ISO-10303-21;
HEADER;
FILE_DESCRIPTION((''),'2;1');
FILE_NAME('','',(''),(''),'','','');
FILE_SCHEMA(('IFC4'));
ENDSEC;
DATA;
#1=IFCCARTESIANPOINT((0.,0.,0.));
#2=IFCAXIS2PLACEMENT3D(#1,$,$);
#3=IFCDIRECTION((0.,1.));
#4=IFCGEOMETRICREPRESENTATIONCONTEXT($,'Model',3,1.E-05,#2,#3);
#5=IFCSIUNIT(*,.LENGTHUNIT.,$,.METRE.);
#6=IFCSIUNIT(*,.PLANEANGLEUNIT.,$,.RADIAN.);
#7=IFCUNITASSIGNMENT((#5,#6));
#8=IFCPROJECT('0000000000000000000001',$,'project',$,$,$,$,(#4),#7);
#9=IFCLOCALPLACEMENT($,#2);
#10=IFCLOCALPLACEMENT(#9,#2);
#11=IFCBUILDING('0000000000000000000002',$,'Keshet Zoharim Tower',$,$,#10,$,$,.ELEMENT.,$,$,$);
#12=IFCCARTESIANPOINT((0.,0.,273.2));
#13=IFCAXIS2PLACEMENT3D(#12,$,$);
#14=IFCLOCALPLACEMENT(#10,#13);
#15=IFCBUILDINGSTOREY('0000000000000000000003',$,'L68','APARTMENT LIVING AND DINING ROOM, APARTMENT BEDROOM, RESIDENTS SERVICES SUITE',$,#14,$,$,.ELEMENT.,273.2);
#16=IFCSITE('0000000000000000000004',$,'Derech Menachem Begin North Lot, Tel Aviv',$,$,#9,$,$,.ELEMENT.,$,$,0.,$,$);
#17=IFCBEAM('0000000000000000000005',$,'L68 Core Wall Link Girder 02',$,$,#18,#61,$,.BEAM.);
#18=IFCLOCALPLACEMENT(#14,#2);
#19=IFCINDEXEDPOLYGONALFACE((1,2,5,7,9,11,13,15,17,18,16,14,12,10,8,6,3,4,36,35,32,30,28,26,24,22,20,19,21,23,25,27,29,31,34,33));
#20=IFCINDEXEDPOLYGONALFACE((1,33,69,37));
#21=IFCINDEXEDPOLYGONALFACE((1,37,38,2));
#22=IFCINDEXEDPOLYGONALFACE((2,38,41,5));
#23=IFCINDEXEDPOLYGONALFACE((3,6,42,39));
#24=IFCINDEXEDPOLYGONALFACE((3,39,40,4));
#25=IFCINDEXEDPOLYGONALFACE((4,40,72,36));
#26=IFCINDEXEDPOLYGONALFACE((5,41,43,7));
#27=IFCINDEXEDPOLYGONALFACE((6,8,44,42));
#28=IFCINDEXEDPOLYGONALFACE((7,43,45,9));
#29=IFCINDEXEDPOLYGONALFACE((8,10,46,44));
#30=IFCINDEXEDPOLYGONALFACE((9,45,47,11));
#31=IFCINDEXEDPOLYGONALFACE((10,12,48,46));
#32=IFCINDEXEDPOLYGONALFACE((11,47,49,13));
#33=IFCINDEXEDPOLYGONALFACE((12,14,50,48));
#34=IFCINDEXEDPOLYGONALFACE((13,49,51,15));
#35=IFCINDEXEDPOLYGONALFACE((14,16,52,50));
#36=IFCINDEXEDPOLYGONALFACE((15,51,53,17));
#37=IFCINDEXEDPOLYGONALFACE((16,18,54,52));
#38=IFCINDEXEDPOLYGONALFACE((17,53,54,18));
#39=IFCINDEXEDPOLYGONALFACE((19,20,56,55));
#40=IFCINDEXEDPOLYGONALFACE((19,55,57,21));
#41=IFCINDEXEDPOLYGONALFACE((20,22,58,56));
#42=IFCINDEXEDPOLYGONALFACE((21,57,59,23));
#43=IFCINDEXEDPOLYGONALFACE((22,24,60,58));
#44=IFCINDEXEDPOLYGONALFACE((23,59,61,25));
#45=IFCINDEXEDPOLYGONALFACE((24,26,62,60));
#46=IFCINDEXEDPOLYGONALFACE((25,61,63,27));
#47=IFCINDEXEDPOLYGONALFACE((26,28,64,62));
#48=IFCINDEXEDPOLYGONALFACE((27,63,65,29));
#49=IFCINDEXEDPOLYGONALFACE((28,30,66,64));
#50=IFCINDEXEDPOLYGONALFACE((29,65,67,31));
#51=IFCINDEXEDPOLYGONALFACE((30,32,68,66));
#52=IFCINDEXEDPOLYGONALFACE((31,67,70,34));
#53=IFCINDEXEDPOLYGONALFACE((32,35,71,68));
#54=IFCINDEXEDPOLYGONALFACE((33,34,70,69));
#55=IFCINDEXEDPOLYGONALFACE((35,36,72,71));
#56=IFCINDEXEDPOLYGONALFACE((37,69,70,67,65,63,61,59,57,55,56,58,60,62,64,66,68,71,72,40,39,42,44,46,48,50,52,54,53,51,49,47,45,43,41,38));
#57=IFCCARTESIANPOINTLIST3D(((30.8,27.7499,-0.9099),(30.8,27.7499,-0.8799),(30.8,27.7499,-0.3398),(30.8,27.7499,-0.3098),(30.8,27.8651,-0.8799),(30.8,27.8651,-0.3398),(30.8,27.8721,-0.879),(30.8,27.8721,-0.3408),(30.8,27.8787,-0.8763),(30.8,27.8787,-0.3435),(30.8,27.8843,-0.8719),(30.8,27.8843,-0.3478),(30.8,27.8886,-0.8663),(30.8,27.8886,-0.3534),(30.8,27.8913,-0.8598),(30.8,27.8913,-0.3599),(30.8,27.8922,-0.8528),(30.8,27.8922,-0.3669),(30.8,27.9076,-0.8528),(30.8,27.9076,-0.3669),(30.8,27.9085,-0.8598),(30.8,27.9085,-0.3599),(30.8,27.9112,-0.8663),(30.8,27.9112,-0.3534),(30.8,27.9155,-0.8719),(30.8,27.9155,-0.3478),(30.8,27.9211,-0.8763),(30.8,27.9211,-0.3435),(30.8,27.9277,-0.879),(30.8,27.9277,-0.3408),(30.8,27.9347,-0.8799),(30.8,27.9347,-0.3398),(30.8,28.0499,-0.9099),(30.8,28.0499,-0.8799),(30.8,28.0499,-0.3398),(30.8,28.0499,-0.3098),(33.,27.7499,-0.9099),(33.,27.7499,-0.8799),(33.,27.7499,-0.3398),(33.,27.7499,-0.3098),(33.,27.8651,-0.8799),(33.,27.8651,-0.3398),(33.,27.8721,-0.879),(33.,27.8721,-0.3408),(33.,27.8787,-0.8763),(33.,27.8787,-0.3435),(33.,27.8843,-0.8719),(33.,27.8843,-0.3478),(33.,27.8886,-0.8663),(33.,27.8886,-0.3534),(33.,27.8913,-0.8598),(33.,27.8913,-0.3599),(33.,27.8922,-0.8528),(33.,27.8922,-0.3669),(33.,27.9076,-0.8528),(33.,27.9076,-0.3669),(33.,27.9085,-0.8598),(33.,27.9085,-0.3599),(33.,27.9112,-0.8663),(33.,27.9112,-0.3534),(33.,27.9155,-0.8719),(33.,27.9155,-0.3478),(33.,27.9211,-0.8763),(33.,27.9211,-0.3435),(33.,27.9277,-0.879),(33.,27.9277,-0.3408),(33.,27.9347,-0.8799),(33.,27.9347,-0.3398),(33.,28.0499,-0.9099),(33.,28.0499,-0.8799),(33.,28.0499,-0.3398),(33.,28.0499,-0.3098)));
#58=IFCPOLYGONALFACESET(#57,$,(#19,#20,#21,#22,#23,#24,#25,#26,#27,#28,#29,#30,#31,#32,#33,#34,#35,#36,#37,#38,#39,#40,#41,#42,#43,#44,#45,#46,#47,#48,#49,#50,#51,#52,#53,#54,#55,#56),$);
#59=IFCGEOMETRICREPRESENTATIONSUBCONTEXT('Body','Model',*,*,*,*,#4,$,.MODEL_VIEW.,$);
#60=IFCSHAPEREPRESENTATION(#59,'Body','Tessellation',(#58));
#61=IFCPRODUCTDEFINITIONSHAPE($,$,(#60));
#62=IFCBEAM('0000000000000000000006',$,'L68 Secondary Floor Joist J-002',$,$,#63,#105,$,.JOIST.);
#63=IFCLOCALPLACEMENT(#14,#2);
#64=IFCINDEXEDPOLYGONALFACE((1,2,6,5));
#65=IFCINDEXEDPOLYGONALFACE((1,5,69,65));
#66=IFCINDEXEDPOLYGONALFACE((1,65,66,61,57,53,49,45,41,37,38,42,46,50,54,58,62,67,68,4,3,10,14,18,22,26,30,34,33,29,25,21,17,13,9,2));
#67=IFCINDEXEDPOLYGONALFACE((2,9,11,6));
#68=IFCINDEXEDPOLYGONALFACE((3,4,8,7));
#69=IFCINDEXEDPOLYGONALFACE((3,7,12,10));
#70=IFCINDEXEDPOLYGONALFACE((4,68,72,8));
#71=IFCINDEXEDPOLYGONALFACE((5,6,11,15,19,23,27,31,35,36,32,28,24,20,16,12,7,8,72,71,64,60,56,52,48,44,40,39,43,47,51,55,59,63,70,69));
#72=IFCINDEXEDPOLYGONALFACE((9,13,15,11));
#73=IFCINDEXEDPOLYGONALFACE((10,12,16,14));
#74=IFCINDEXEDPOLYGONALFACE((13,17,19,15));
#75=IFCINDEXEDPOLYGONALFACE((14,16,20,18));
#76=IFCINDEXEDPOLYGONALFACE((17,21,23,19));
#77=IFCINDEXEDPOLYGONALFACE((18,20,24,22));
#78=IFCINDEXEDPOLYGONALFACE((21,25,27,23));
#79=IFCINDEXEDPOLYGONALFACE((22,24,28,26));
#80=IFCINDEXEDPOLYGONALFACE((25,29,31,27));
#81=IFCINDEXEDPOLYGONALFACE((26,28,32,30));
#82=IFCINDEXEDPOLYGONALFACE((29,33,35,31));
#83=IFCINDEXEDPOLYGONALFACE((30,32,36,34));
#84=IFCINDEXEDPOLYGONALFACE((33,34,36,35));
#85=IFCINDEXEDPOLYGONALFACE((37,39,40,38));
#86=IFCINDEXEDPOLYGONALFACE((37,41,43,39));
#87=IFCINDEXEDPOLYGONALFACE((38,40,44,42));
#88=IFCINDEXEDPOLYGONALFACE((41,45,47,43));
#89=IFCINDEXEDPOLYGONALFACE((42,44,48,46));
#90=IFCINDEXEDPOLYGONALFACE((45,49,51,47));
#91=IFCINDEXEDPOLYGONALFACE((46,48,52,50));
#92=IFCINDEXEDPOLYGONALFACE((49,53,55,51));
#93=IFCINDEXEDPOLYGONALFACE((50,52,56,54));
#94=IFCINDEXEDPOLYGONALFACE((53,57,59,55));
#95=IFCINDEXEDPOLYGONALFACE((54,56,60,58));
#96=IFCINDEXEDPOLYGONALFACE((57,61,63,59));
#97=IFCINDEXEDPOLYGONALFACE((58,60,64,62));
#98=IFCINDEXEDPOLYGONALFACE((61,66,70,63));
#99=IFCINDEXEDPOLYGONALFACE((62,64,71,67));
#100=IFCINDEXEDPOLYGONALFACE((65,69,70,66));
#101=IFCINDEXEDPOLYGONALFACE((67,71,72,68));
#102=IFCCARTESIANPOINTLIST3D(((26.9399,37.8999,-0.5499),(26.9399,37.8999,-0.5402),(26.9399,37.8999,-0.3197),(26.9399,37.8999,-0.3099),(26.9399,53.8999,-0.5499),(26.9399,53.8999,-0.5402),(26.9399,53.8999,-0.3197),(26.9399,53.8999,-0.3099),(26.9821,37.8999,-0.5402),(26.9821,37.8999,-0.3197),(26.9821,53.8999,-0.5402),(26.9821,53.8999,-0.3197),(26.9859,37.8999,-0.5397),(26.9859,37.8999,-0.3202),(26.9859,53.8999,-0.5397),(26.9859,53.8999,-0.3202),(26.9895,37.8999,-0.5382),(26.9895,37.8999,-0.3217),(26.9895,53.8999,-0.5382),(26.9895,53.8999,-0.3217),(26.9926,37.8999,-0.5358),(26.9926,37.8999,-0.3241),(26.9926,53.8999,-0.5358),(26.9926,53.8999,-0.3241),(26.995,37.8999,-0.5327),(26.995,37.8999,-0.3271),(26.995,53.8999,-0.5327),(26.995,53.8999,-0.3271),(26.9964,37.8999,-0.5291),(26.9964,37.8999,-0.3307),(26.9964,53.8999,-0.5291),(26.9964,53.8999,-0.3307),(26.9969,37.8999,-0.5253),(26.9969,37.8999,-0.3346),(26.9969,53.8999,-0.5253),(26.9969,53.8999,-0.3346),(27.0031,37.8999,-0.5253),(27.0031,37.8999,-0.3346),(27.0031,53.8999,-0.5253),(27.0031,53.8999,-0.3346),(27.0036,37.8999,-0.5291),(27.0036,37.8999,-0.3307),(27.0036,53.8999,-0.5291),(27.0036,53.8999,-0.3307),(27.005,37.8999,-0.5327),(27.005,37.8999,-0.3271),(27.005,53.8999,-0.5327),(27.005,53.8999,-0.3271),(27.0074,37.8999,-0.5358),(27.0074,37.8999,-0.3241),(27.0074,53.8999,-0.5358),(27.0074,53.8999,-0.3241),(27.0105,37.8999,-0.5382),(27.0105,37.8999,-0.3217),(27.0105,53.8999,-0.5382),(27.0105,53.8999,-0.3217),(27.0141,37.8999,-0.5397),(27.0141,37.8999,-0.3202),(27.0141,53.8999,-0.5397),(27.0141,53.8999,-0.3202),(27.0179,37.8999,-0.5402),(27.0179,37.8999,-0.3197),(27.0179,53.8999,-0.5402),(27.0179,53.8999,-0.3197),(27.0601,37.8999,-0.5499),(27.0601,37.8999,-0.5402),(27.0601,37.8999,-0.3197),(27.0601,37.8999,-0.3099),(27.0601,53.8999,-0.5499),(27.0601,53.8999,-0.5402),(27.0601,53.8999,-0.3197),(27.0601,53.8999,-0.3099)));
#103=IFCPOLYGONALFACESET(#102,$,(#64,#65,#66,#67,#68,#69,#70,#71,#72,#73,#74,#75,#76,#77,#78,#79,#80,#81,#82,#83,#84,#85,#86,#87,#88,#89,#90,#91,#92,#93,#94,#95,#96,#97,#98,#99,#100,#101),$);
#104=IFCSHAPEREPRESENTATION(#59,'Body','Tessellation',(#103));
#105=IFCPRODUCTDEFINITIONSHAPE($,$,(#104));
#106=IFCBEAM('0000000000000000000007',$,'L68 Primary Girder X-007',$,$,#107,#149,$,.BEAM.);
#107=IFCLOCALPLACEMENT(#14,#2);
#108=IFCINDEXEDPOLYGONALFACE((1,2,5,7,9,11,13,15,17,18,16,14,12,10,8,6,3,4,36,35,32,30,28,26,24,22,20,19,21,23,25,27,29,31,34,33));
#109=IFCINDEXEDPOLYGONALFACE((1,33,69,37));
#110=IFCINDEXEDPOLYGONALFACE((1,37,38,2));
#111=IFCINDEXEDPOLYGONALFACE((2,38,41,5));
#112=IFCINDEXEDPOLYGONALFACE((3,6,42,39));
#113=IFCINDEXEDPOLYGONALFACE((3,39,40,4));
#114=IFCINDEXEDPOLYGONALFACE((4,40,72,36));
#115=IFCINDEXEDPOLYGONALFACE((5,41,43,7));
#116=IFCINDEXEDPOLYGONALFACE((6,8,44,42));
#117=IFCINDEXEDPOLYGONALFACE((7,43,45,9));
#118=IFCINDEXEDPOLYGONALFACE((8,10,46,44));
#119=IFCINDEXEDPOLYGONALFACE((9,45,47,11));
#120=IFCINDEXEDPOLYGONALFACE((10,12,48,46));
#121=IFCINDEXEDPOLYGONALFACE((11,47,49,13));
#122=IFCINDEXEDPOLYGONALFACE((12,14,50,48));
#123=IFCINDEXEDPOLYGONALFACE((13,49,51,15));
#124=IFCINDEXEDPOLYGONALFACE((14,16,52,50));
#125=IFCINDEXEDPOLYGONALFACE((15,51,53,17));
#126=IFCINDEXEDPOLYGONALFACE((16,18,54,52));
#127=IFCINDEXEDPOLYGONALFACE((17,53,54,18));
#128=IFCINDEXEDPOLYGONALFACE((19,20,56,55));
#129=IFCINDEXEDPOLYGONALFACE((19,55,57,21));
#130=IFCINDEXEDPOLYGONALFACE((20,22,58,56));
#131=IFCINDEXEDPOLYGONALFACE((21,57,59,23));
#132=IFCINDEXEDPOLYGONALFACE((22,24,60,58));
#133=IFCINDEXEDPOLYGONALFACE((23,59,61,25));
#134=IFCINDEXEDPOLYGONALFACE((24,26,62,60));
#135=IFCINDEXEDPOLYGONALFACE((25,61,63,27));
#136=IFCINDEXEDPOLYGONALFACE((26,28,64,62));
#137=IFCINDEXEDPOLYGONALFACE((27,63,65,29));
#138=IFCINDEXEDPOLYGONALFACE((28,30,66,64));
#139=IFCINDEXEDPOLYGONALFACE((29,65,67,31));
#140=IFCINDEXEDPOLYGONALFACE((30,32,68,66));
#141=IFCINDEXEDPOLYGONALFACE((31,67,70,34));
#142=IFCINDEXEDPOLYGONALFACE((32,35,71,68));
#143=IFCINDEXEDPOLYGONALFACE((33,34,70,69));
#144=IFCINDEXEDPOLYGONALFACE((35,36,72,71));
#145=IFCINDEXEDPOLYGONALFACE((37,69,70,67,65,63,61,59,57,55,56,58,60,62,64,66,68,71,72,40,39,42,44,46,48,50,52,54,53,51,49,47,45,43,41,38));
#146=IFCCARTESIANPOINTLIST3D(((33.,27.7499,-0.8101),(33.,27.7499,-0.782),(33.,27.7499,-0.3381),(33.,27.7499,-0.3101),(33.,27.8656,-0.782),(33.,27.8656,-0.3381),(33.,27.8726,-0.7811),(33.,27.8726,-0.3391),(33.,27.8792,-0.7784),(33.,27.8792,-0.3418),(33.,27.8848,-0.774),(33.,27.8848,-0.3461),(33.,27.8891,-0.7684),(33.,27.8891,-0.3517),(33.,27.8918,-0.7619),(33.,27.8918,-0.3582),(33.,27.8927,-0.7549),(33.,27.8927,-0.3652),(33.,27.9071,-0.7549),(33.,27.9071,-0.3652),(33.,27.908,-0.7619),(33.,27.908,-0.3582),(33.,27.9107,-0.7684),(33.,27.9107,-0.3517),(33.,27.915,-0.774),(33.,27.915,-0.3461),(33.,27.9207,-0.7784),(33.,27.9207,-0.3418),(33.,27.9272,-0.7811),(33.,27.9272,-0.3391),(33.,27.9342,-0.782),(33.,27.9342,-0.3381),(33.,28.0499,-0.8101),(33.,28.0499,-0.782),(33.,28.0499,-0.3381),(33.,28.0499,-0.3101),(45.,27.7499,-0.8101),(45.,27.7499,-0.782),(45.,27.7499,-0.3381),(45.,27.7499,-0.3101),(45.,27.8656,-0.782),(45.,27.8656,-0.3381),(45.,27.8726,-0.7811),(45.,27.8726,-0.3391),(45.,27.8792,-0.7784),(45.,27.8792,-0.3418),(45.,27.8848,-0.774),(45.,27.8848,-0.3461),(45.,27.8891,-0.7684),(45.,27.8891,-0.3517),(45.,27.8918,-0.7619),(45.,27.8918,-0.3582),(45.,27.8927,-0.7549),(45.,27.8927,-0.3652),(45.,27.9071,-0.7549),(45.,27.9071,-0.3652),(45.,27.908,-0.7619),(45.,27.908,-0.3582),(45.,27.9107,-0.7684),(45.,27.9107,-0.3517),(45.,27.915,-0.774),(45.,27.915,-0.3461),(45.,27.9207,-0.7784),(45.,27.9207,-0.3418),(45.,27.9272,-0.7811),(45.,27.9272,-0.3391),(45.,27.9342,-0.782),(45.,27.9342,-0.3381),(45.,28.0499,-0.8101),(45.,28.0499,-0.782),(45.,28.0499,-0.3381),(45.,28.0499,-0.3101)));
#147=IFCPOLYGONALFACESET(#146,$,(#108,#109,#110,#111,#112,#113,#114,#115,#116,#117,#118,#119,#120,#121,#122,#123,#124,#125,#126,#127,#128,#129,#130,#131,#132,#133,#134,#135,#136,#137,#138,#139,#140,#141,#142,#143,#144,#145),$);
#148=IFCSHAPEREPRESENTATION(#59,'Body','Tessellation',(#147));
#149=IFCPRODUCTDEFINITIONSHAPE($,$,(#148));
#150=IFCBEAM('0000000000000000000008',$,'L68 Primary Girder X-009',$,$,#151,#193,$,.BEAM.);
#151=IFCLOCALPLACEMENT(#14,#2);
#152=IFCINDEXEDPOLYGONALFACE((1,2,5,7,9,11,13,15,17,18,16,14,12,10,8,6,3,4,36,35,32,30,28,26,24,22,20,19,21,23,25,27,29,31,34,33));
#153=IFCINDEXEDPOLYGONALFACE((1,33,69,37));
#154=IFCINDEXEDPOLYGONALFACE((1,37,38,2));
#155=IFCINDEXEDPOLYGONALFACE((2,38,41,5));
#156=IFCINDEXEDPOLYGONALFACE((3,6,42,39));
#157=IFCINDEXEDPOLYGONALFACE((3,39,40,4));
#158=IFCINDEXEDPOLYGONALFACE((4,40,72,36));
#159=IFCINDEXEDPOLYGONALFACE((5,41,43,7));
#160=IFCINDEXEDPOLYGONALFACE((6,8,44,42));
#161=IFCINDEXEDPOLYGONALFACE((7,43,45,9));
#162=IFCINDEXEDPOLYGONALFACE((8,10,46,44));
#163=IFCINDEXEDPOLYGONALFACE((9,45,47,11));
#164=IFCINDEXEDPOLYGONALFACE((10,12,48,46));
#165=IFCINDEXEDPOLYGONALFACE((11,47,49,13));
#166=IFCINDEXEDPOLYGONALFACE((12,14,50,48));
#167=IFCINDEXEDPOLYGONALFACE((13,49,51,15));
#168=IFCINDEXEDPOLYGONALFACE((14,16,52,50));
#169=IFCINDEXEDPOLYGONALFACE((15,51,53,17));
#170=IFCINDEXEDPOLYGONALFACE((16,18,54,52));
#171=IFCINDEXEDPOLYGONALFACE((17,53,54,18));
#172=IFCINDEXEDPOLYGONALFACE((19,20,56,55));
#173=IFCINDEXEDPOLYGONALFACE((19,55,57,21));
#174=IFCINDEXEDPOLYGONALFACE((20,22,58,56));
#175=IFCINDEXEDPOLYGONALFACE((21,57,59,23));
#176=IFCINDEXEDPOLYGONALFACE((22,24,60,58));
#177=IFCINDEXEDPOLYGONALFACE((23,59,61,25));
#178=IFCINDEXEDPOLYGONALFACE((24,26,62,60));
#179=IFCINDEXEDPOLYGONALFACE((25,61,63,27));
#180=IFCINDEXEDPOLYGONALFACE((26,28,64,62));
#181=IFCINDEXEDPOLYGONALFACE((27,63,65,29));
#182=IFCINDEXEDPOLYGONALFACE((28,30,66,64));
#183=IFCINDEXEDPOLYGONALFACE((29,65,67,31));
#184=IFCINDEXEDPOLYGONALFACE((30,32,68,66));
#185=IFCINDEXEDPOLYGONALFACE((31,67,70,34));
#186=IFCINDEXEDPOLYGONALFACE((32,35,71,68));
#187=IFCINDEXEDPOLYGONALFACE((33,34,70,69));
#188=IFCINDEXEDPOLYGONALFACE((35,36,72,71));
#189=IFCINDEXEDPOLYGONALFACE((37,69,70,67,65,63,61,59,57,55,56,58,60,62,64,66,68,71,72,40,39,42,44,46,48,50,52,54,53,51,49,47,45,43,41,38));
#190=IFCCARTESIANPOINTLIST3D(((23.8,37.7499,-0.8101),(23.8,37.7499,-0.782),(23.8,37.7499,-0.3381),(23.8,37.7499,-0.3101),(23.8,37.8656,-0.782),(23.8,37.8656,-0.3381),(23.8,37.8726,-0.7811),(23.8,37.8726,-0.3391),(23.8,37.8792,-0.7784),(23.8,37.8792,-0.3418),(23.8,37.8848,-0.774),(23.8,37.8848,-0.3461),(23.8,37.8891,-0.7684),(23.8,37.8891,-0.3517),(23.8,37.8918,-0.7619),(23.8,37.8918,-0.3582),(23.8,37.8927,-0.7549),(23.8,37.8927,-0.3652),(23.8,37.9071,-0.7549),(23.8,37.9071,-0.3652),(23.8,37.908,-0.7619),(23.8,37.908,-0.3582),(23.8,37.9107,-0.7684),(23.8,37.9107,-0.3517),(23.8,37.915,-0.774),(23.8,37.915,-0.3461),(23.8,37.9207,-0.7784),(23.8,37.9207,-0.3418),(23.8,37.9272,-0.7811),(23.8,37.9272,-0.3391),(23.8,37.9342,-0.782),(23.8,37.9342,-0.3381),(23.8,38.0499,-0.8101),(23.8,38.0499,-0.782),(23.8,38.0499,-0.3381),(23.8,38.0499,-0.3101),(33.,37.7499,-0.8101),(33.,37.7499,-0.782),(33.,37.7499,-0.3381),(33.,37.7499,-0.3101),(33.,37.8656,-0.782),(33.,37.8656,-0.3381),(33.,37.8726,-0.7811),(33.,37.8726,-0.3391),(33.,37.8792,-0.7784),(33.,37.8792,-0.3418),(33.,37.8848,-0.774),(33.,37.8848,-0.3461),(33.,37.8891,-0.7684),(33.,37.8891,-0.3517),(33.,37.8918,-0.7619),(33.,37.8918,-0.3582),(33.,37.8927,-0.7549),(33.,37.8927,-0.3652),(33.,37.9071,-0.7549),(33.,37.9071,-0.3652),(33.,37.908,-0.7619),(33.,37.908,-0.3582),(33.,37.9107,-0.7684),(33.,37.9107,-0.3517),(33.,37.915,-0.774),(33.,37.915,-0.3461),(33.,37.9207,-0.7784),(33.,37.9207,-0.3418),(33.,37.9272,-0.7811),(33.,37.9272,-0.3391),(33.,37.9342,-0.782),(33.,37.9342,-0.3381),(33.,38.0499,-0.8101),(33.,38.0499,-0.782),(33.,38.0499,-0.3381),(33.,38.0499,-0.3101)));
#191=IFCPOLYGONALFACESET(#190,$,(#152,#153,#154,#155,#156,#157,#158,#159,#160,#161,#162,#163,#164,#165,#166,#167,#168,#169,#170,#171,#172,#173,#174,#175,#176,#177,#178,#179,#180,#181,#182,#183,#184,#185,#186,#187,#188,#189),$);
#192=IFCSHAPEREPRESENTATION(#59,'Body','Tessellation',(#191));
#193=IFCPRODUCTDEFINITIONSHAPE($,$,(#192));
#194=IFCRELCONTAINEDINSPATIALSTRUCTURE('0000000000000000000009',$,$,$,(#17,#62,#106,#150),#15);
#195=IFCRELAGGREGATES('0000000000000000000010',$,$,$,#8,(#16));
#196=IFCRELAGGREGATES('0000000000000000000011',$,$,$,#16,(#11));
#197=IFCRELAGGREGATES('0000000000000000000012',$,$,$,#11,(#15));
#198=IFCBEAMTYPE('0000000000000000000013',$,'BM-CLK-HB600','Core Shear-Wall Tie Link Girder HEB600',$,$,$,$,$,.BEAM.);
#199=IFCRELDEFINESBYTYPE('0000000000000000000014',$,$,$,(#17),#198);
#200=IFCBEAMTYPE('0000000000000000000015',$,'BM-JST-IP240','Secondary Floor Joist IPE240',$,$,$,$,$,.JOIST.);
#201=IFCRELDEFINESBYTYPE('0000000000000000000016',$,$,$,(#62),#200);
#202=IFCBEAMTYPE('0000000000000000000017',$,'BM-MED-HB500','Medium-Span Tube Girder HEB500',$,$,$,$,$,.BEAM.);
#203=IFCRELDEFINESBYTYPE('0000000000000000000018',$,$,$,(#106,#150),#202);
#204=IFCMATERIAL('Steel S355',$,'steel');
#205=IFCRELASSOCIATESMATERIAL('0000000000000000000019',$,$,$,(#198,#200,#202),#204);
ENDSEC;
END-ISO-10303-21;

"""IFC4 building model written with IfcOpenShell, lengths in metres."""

from ifc_helpers import new_model, si_unit, direction, frame, origin, origin_2d, place, context, subcontext, project, spatial, i_section, extrude, material, material_profile, profile_set, type_object, element, save


model = new_model("IFC4")

# Units and contexts
model_context = context("Model", 3, precision=1e-05, world=origin(), true_north=direction((0.0, 1.0)))
body_context = subcontext(model_context, "Body", "Model", "MODEL_VIEW")
ifc_project = project(units=[si_unit("LENGTHUNIT", "METRE"), si_unit("PLANEANGLEUNIT", "RADIAN")], contexts=[model_context])

# Site, building, storey
site_placement = place(None, origin())
site = spatial("IfcSite", under=ifc_project, at=site_placement, Name="Derech Menachem Begin North Lot, Tel Aviv", CompositionType="ELEMENT", RefElevation=0.0)
building_placement = place(site_placement, origin())
building = spatial("IfcBuilding", under=site, at=building_placement, Name="Keshet Zoharim Tower", CompositionType="ELEMENT")
storey_placement = place(building_placement, frame((0.0, 0.0, 273.2)))
storey = spatial("IfcBuildingStorey", under=building, at=storey_placement, Name="L68", Description="APARTMENT LIVING AND DINING ROOM, APARTMENT BEDROOM, RESIDENTS SERVICES SUITE", CompositionType="ELEMENT", Elevation=273.2)

# Beams
ifc_material_1 = material(Name="Steel S355", Category="steel")
ifc_material_profile_1 = material_profile(ifc_material_1, i_section(OverallWidth=0.3, OverallDepth=0.6001, WebThickness=0.0154, FlangeThickness=0.03, FilletRadius=0.0271, at=origin_2d()), Name="HEB600")
ifc_profile_set_1 = profile_set([ifc_material_profile_1], Name="Steel S355")
beam_type_1 = type_object("IfcBeamType", Name="BM-CLK-HB600", Description="Core Shear-Wall Tie Link Girder HEB600", PredefinedType="BEAM", material=ifc_profile_set_1)
beam_1_placement = place(storey_placement, frame((30.8, 27.8999, -0.6099), z_axis=(1.0, 0.0, 0.0), x_axis=(0.0, 1.0, 0.0)))
element("IfcBeam", 1, at=beam_1_placement, inside=storey, type_object=beam_type_1, Name="L68 Core Wall Link Girder 02", PredefinedType="BEAM", context=body_context, shape_type="SweptSolid", body=[
    extrude(i_section(OverallWidth=0.3, OverallDepth=0.6001, WebThickness=0.0154, FlangeThickness=0.03, FilletRadius=0.0271, at=origin_2d()), origin(), (0.0, 0.0, 1.0), 2.2),
])
ifc_material_profile_2 = material_profile(ifc_material_1, i_section(OverallWidth=0.1201, OverallDepth=0.24, WebThickness=0.0061, FlangeThickness=0.0098, FilletRadius=0.0149, at=origin_2d()), Name="IPE240")
ifc_profile_set_2 = profile_set([ifc_material_profile_2], Name="Steel S355")
beam_type_2 = type_object("IfcBeamType", Name="BM-JST-IP240", Description="Secondary Floor Joist IPE240", PredefinedType="JOIST", material=ifc_profile_set_2)
beam_2_placement = place(storey_placement, frame((27.0, 37.8999, -0.4299), z_axis=(0.0, 1.0, 0.0), x_axis=(-1.0, 0.0, 0.0)))
element("IfcBeam", 2, at=beam_2_placement, inside=storey, type_object=beam_type_2, Name="L68 Secondary Floor Joist J-002", PredefinedType="JOIST", context=body_context, shape_type="SweptSolid", body=[
    extrude(i_section(OverallWidth=0.1201, OverallDepth=0.24, WebThickness=0.0061, FlangeThickness=0.0098, FilletRadius=0.0149, at=origin_2d()), origin(), (0.0, 0.0, 1.0), 16.0),
])
ifc_material_profile_3 = material_profile(ifc_material_1, i_section(OverallWidth=0.3, OverallDepth=0.5, WebThickness=0.0144, FlangeThickness=0.0281, FilletRadius=0.0271, at=origin_2d()), Name="HEB500")
ifc_profile_set_3 = profile_set([ifc_material_profile_3], Name="Steel S355")
beam_type_3 = type_object("IfcBeamType", Name="BM-MED-HB500", Description="Medium-Span Tube Girder HEB500", PredefinedType="BEAM", material=ifc_profile_set_3)
beam_3_placement = place(storey_placement, frame((33.0, 27.8999, -0.5601), z_axis=(1.0, 0.0, 0.0), x_axis=(0.0, 1.0, 0.0)))
element("IfcBeam", 3, at=beam_3_placement, inside=storey, type_object=beam_type_3, Name="L68 Primary Girder X-007", PredefinedType="BEAM", context=body_context, shape_type="SweptSolid", body=[
    extrude(i_section(OverallWidth=0.3, OverallDepth=0.5, WebThickness=0.0144, FlangeThickness=0.0281, FilletRadius=0.0271, at=origin_2d()), origin(), (0.0, 0.0, 1.0), 12.0),
])
beam_4_placement = place(storey_placement, frame((23.8, 37.8999, -0.5601), z_axis=(1.0, 0.0, 0.0), x_axis=(0.0, 1.0, 0.0)))
element("IfcBeam", 4, at=beam_4_placement, inside=storey, type_object=beam_type_3, Name="L68 Primary Girder X-009", PredefinedType="BEAM", context=body_context, shape_type="SweptSolid", body=[
    extrude(i_section(OverallWidth=0.3, OverallDepth=0.5, WebThickness=0.0144, FlangeThickness=0.0281, FilletRadius=0.0271, at=origin_2d()), origin(), (0.0, 0.0, 1.0), 9.2),
])

save(model, "model.ifc")
